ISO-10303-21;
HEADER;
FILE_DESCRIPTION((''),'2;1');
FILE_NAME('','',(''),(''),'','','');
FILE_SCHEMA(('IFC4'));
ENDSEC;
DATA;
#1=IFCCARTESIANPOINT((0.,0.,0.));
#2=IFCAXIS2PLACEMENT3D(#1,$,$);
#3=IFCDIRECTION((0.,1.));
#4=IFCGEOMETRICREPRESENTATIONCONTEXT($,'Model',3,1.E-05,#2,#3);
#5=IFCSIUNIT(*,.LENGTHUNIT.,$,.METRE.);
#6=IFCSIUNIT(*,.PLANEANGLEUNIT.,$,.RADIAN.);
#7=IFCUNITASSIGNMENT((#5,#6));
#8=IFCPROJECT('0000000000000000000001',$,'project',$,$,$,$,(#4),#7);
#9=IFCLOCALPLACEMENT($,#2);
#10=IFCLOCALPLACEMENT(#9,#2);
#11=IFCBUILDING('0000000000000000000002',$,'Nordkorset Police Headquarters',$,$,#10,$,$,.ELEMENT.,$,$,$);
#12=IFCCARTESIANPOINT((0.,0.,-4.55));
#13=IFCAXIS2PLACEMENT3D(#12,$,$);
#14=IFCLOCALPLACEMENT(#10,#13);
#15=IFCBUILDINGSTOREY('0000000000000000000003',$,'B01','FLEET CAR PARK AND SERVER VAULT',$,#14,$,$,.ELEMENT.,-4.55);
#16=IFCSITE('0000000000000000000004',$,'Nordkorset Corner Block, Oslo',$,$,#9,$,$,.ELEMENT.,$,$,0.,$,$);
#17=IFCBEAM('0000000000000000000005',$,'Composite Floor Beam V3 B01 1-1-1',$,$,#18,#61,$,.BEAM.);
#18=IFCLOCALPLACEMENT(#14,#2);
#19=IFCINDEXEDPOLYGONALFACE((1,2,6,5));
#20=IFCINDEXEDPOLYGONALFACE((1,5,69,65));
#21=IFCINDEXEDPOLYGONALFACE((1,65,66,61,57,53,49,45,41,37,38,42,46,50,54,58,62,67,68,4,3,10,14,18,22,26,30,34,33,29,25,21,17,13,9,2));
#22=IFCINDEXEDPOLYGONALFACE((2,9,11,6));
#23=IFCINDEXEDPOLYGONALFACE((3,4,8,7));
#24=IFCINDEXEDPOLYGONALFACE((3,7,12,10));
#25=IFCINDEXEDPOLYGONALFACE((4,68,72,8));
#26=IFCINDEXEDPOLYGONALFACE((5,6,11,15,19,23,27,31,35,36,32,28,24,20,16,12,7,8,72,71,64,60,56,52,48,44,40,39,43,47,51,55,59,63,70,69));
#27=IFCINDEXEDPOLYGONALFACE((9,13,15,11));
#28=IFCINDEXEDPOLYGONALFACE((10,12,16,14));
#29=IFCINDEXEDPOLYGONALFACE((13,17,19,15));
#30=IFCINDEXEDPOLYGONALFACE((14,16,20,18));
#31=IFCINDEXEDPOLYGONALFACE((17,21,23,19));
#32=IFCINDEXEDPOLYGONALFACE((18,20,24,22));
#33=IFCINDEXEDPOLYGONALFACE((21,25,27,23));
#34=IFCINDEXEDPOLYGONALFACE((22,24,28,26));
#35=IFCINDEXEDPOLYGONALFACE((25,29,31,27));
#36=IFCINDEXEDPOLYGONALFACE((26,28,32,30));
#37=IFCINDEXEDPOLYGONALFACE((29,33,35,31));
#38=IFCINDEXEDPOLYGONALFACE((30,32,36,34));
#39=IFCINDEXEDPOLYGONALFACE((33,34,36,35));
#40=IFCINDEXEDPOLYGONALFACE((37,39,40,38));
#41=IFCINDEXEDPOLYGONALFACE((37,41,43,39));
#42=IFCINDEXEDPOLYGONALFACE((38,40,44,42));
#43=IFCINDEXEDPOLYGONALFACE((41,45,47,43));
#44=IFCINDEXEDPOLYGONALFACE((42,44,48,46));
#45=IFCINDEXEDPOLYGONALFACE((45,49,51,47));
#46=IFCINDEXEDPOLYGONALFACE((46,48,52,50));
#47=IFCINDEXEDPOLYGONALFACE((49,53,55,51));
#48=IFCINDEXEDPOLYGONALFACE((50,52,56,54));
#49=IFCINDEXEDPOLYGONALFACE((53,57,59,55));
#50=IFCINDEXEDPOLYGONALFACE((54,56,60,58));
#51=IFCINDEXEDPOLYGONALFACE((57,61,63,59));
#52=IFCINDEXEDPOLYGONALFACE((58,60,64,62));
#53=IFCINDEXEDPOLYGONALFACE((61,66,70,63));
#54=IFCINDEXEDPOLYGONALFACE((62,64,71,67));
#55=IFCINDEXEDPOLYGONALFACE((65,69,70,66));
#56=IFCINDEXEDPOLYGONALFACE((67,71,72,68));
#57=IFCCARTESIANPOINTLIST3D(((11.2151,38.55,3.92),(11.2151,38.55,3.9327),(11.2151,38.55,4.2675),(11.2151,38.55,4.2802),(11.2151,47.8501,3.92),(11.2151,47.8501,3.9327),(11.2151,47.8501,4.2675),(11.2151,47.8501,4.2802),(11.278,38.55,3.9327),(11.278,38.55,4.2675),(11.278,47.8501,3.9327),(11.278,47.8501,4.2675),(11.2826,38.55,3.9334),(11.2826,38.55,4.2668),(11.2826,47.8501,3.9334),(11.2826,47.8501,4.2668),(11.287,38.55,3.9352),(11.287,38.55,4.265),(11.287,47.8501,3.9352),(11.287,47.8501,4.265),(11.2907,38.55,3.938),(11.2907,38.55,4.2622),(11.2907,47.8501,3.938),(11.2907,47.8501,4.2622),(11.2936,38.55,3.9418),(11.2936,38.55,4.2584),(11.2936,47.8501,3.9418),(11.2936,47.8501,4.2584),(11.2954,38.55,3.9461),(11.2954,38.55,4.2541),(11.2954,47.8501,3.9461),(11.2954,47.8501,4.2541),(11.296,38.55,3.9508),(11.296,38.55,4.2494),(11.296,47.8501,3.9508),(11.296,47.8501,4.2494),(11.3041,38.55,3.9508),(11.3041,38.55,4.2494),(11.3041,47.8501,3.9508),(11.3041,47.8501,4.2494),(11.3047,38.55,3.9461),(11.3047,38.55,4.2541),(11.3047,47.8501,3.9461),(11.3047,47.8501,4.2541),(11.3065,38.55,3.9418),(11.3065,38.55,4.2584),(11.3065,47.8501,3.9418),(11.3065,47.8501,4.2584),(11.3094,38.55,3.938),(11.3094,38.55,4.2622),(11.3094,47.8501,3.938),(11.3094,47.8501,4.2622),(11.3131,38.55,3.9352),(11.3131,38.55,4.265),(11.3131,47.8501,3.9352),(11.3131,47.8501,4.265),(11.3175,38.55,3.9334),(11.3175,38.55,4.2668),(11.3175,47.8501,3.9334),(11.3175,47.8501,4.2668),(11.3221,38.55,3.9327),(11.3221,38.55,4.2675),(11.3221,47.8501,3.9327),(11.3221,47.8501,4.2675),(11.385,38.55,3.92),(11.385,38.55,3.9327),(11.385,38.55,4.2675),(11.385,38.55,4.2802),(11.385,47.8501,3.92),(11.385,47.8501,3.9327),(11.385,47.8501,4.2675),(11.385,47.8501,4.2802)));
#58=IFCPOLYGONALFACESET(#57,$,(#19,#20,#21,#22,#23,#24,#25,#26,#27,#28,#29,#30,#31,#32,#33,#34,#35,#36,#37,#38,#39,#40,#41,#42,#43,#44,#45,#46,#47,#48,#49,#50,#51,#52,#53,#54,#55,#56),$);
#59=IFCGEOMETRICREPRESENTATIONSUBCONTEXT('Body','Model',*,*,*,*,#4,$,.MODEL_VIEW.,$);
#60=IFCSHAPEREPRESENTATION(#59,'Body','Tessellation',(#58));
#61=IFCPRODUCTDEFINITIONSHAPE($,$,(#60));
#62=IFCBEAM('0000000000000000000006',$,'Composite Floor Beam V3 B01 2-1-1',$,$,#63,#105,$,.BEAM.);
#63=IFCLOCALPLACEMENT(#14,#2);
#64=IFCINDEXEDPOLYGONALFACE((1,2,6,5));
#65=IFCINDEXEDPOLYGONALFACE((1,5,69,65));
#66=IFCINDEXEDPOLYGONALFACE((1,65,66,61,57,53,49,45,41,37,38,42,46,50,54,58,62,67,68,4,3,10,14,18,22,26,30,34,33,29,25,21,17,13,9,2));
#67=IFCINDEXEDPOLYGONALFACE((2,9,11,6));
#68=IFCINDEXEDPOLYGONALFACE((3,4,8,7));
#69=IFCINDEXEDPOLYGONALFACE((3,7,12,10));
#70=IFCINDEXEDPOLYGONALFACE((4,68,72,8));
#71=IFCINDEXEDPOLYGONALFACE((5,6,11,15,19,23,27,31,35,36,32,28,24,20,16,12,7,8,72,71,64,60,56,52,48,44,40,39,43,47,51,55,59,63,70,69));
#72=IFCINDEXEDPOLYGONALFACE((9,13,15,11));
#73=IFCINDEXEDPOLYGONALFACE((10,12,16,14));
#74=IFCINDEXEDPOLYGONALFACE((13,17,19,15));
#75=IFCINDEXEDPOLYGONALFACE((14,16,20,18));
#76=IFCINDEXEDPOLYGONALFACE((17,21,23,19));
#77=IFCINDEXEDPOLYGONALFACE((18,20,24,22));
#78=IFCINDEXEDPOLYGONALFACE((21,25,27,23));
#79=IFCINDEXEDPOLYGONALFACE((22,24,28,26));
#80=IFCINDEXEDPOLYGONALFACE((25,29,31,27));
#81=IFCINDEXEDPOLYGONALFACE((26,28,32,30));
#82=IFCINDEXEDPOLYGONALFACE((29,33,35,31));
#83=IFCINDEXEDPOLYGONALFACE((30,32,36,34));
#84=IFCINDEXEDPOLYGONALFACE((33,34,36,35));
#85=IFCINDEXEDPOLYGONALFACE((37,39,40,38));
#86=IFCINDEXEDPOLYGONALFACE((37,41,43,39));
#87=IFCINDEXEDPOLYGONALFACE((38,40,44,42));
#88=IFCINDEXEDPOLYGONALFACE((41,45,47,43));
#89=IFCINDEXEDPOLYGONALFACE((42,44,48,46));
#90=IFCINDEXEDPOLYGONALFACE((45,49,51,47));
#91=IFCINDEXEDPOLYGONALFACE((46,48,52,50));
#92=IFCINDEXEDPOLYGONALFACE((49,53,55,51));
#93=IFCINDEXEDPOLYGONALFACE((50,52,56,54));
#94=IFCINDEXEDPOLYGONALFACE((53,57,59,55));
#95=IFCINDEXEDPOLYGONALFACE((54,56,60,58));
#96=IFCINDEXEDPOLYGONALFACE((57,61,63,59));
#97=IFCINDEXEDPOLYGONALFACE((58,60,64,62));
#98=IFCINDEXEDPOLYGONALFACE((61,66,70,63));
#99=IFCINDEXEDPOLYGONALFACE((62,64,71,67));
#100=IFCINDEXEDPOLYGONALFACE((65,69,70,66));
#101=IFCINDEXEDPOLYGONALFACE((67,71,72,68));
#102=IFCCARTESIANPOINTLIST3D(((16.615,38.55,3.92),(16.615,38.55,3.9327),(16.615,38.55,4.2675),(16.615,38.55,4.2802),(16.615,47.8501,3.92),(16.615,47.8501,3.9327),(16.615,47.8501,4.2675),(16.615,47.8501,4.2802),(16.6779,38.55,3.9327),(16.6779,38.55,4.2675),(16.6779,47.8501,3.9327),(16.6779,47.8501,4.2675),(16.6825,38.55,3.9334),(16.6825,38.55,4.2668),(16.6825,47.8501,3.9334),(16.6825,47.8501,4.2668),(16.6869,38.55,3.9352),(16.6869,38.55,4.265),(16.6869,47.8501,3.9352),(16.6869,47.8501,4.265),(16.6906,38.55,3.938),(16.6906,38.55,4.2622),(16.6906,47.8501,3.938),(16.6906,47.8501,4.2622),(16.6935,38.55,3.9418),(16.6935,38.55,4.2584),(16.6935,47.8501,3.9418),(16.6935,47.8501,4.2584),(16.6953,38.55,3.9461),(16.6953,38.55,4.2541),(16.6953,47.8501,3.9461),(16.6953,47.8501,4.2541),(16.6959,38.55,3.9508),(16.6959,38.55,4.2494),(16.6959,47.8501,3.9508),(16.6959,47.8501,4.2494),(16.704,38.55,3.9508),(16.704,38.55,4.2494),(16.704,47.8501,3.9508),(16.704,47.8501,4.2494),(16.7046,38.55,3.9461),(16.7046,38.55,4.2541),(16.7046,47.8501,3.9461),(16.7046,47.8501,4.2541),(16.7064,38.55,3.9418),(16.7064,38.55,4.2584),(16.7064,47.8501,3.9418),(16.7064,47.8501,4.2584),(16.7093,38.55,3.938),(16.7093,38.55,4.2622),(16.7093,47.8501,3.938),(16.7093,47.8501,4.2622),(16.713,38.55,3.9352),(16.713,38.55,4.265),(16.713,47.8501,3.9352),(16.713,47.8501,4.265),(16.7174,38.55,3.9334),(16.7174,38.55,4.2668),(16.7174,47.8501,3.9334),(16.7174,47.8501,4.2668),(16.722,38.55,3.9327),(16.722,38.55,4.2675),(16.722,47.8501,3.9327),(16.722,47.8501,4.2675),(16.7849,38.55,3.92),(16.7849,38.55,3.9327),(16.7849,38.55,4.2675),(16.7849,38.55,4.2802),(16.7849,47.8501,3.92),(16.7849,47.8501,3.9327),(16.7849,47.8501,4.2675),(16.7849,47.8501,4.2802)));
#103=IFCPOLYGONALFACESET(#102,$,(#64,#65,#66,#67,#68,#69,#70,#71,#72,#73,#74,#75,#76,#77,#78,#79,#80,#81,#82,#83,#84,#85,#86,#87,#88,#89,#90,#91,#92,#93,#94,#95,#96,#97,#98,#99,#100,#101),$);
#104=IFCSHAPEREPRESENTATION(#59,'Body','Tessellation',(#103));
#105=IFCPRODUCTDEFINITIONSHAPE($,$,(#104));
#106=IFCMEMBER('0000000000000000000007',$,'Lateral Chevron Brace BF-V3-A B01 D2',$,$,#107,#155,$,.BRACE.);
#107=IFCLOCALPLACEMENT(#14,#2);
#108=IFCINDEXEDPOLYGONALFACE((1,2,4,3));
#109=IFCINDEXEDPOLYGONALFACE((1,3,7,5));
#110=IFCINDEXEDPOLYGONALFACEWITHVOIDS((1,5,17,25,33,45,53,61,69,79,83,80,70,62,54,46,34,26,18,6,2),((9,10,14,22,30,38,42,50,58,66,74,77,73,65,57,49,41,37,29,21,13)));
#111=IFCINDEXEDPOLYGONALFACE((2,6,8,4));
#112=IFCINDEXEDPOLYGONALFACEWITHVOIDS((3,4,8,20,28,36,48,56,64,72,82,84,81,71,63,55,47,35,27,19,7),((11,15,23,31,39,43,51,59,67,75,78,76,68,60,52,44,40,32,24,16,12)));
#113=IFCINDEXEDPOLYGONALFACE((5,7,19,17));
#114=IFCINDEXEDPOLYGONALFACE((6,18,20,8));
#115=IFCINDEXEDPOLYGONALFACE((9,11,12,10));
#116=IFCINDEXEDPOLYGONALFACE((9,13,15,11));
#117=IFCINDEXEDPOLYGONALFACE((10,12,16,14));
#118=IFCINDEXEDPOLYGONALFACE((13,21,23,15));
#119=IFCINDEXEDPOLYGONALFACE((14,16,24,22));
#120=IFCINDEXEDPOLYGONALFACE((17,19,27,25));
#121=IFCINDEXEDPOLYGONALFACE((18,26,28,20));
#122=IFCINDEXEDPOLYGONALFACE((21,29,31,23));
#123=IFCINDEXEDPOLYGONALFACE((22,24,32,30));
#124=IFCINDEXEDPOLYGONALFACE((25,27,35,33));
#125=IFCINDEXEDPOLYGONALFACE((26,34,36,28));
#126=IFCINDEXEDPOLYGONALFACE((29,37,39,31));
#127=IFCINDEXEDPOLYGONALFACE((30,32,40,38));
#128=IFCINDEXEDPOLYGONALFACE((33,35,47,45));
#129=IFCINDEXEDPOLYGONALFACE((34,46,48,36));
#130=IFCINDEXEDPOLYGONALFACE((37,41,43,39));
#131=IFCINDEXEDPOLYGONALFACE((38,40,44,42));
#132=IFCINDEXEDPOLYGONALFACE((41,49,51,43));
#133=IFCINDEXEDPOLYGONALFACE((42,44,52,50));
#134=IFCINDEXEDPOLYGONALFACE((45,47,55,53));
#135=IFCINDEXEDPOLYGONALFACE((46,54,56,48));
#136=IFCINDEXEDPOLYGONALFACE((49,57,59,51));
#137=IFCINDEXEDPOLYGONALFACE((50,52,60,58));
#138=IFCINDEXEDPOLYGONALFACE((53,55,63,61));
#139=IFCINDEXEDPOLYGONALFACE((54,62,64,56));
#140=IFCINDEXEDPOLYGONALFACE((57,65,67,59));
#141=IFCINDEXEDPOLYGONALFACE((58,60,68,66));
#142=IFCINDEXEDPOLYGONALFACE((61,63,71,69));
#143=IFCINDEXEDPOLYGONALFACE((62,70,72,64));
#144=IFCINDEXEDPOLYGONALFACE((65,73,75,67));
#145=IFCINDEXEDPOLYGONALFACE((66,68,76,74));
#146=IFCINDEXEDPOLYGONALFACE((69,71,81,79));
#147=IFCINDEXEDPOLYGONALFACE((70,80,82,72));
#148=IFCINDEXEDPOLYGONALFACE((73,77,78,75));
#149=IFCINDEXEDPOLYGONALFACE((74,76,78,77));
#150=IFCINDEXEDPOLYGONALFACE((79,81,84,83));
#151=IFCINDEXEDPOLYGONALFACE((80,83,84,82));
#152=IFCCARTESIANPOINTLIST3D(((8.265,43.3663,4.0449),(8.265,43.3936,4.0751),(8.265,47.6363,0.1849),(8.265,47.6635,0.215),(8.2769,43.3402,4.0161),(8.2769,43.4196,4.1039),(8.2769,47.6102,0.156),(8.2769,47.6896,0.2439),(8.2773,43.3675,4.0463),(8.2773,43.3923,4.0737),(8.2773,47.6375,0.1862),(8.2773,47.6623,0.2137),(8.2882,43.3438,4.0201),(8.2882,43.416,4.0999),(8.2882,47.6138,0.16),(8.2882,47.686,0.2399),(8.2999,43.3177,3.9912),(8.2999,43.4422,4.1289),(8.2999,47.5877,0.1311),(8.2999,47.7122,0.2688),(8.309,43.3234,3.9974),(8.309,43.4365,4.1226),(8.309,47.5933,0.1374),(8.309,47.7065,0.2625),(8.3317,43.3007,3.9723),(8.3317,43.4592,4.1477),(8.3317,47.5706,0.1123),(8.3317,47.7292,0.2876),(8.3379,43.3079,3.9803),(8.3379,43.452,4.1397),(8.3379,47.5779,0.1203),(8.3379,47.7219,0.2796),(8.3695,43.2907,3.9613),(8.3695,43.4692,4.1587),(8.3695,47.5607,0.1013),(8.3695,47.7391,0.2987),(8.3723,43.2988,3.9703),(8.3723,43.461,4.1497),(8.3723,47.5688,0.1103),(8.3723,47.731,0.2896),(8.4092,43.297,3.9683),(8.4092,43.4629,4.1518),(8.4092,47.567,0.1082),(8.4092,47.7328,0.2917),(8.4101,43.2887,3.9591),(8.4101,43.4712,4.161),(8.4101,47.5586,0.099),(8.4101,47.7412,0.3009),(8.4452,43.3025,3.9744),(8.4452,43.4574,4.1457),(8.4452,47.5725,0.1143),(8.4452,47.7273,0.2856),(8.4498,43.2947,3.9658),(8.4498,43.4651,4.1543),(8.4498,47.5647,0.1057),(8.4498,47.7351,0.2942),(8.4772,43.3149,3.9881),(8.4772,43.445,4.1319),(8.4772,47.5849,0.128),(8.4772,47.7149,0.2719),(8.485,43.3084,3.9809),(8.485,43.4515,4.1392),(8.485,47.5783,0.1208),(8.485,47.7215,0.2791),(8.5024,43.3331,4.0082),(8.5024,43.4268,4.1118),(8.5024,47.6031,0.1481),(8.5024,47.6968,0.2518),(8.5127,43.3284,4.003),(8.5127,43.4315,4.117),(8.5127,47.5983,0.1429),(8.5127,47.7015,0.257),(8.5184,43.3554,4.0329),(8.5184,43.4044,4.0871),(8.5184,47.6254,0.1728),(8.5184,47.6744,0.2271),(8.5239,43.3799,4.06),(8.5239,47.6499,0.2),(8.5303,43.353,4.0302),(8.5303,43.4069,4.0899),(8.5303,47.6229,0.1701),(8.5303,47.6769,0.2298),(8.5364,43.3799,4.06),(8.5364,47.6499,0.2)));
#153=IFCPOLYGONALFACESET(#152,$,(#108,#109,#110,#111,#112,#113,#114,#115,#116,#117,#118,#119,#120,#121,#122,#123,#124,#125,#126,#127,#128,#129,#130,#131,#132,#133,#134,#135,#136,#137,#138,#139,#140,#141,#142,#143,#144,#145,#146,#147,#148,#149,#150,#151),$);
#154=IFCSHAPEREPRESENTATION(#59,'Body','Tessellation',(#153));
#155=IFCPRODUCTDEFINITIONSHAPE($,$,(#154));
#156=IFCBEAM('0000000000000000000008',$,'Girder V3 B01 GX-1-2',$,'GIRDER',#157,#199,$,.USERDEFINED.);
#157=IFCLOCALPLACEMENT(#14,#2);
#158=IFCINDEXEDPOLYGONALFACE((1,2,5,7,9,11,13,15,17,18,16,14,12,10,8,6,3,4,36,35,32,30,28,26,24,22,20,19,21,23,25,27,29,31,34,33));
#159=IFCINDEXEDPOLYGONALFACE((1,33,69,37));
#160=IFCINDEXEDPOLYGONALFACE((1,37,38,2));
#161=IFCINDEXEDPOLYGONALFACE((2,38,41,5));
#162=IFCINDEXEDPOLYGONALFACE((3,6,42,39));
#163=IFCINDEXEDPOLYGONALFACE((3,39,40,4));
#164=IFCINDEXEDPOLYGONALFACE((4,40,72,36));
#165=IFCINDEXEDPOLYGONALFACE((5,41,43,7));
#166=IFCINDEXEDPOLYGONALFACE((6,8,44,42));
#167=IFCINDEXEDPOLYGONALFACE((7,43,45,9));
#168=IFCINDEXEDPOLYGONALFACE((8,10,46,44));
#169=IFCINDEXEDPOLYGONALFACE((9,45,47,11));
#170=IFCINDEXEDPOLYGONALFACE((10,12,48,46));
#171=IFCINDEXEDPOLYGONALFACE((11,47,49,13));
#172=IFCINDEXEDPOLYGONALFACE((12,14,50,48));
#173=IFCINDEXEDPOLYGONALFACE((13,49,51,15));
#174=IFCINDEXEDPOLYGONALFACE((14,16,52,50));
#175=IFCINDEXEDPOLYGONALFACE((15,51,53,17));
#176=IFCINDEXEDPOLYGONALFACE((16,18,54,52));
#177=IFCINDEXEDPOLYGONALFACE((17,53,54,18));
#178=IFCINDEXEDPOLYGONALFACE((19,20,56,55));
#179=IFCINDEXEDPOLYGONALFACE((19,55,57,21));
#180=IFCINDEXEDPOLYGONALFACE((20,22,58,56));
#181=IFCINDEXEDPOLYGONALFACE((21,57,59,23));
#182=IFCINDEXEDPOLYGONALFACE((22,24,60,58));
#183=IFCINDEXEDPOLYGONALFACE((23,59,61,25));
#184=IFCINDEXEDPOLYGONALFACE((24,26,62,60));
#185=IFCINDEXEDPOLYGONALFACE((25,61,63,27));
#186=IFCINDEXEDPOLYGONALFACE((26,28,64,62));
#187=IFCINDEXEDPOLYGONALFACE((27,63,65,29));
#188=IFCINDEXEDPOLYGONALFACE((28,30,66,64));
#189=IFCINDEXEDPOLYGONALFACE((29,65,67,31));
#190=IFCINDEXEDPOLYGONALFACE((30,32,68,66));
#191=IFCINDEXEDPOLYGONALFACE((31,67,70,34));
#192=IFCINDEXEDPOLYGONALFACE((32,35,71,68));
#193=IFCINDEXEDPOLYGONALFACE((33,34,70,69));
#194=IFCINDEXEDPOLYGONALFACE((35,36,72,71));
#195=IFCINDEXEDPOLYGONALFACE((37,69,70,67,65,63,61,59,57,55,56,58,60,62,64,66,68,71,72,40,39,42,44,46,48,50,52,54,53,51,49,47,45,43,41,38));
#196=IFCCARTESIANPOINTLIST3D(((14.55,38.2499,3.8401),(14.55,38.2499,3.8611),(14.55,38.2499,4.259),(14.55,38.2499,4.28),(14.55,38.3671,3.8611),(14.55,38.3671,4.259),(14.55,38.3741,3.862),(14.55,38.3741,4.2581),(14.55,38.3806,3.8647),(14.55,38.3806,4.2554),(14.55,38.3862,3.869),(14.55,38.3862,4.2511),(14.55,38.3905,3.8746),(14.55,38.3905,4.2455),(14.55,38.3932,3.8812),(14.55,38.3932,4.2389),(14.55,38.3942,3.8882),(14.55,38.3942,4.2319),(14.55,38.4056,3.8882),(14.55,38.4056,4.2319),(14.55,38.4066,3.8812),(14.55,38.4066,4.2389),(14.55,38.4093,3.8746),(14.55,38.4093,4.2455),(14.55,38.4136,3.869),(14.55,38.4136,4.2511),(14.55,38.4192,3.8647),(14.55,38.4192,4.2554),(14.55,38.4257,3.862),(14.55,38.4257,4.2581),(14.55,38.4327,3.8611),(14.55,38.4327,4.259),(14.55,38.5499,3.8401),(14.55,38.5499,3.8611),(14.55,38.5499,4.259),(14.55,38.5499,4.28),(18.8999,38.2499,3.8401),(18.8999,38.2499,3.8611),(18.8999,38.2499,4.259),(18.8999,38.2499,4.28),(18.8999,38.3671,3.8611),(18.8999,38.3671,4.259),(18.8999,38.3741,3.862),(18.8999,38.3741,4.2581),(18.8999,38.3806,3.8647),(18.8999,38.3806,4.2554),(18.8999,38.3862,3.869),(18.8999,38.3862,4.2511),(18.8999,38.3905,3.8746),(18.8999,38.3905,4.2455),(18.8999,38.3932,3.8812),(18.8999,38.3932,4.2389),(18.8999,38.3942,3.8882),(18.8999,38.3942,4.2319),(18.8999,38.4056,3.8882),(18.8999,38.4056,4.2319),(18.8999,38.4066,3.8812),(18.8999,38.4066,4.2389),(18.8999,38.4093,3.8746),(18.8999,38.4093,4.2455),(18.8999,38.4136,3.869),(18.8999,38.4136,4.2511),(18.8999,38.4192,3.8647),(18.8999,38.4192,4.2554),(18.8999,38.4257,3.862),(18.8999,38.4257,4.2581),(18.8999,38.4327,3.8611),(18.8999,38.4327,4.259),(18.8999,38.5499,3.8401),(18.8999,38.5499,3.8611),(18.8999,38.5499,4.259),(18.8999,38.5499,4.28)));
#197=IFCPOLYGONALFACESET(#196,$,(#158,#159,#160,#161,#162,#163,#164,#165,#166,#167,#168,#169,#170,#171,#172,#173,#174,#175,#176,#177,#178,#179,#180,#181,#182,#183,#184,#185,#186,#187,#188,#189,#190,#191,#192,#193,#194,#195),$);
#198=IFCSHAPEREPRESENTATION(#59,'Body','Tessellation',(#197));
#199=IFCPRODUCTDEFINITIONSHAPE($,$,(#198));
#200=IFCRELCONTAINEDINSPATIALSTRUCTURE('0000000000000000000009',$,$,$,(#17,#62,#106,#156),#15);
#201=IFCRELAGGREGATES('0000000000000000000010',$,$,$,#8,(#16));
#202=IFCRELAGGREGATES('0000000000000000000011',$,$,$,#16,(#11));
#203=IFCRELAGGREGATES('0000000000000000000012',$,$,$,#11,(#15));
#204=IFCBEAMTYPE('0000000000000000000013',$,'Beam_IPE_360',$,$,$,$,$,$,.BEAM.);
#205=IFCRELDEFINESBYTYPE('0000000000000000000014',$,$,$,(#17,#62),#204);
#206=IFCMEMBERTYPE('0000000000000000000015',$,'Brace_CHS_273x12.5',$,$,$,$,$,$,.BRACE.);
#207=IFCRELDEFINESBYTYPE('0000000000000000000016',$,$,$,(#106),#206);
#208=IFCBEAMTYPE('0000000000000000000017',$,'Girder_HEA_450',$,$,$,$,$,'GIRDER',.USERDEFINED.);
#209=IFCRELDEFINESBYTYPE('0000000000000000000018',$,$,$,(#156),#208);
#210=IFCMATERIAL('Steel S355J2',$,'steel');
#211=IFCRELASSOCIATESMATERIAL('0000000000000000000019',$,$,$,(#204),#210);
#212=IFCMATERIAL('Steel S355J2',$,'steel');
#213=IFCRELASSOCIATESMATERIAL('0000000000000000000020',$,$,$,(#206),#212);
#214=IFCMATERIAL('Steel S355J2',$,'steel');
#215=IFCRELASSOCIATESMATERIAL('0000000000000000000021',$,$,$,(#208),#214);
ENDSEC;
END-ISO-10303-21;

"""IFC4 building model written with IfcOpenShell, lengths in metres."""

from ifc_helpers import new_model, si_unit, direction, frame, origin, origin_2d, place, context, subcontext, project, spatial, hollow_circle, i_section, extrude, material, material_profile, profile_set, type_object, element, save


model = new_model("IFC4")

# Units and contexts
model_context = context("Model", 3, precision=1e-05, world=origin(), true_north=direction((0.0, 1.0)))
body_context = subcontext(model_context, "Body", "Model", "MODEL_VIEW")
ifc_project = project(units=[si_unit("LENGTHUNIT", "METRE"), si_unit("PLANEANGLEUNIT", "RADIAN")], contexts=[model_context])

# Site, building, storey
site_placement = place(None, origin())
site = spatial("IfcSite", under=ifc_project, at=site_placement, Name="Nordkorset Corner Block, Oslo", CompositionType="ELEMENT", RefElevation=0.0)
building_placement = place(site_placement, origin())
building = spatial("IfcBuilding", under=site, at=building_placement, Name="Nordkorset Police Headquarters", CompositionType="ELEMENT")
storey_placement = place(building_placement, frame((0.0, 0.0, -4.55)))
storey = spatial("IfcBuildingStorey", under=building, at=storey_placement, Name="B01", Description="FLEET CAR PARK AND SERVER VAULT", CompositionType="ELEMENT", Elevation=-4.55)

# Beams
ifc_material_1 = material(Name="Steel S355J2", Category="steel")
ifc_material_profile_1 = material_profile(ifc_material_1, i_section(OverallWidth=0.1699, OverallDepth=0.3601, WebThickness=0.0081, FlangeThickness=0.0127, FilletRadius=0.0181, at=origin_2d()), Name="IPE 360")
ifc_profile_set_1 = profile_set([ifc_material_profile_1], Name="Steel S355J2")
beam_type_1 = type_object("IfcBeamType", Name="Beam_IPE_360", PredefinedType="BEAM", material=ifc_profile_set_1)
for number, where, z_axis, x_axis, name in (
    (1, (11.3, 38.55, 4.1001), (0.0, 1.0, 0.0), (-1.0, 0.0, 0.0), "Composite Floor Beam V3 B01 1-1-1"),
    (2, (16.7, 38.55, 4.1001), (0.0, 1.0, 0.0), (-1.0, 0.0, 0.0), "Composite Floor Beam V3 B01 2-1-1"),
):
    element("IfcBeam", number, at=place(storey_placement, frame(where, z_axis=z_axis, x_axis=x_axis)), inside=storey, type_object=beam_type_1, Name=name, PredefinedType="BEAM", context=body_context, shape_type="SweptSolid", body=[
        extrude(i_section(OverallWidth=0.1699, OverallDepth=0.3601, WebThickness=0.0081, FlangeThickness=0.0127, FilletRadius=0.0181, at=origin_2d()), origin(), (0.0, 0.0, 1.0), 9.3),
    ])

# Member
ifc_material_2 = material(Name="Steel S355J2", Category="steel")
ifc_material_profile_2 = material_profile(ifc_material_2, hollow_circle(Radius=0.1365, WallThickness=0.0125, at=origin_2d()), Name="CHS 273x12.5")
ifc_profile_set_2 = profile_set([ifc_material_profile_2], Name="Steel S355J2")
member_type = type_object("IfcMemberType", Name="Brace_CHS_273x12.5", PredefinedType="BRACE", material=ifc_profile_set_2)
member_placement = place(storey_placement, frame((8.3999, 47.6499, 0.2), z_axis=(0.0, -0.741816, 0.670603), x_axis=(1.0, 0.0, 0.0)))
element("IfcMember", 3, at=member_placement, inside=storey, type_object=member_type, Name="Lateral Chevron Brace BF-V3-A B01 D2", PredefinedType="BRACE", context=body_context, shape_type="SweptSolid", body=[
    extrude(hollow_circle(Radius=0.1365, WallThickness=0.0125, at=origin_2d()), origin(), (0.0, 0.0, 1.0), 5.7561),
])

# Beam
ifc_material_3 = material(Name="Steel S355J2", Category="steel")
ifc_material_profile_3 = material_profile(ifc_material_3, i_section(OverallWidth=0.3, OverallDepth=0.4399, WebThickness=0.0115, FlangeThickness=0.021, FilletRadius=0.0271, at=origin_2d()), Name="HEA 450")
ifc_profile_set_3 = profile_set([ifc_material_profile_3], Name="Steel S355J2")
beam_type_2 = type_object("IfcBeamType", Name="Girder_HEA_450", ElementType="GIRDER", PredefinedType="USERDEFINED", material=ifc_profile_set_3)
beam_1_placement = place(storey_placement, frame((14.55, 38.3999, 4.0601), z_axis=(1.0, 0.0, 0.0), x_axis=(0.0, 1.0, 0.0)))
element("IfcBeam", 4, at=beam_1_placement, inside=storey, type_object=beam_type_2, Name="Girder V3 B01 GX-1-2", ObjectType="GIRDER", PredefinedType="USERDEFINED", context=body_context, shape_type="SweptSolid", body=[
    extrude(i_section(OverallWidth=0.3, OverallDepth=0.4399, WebThickness=0.0115, FlangeThickness=0.021, FilletRadius=0.0271, at=origin_2d()), origin(), (0.0, 0.0, 1.0), 4.3499),
])

save(model, "model.ifc")
